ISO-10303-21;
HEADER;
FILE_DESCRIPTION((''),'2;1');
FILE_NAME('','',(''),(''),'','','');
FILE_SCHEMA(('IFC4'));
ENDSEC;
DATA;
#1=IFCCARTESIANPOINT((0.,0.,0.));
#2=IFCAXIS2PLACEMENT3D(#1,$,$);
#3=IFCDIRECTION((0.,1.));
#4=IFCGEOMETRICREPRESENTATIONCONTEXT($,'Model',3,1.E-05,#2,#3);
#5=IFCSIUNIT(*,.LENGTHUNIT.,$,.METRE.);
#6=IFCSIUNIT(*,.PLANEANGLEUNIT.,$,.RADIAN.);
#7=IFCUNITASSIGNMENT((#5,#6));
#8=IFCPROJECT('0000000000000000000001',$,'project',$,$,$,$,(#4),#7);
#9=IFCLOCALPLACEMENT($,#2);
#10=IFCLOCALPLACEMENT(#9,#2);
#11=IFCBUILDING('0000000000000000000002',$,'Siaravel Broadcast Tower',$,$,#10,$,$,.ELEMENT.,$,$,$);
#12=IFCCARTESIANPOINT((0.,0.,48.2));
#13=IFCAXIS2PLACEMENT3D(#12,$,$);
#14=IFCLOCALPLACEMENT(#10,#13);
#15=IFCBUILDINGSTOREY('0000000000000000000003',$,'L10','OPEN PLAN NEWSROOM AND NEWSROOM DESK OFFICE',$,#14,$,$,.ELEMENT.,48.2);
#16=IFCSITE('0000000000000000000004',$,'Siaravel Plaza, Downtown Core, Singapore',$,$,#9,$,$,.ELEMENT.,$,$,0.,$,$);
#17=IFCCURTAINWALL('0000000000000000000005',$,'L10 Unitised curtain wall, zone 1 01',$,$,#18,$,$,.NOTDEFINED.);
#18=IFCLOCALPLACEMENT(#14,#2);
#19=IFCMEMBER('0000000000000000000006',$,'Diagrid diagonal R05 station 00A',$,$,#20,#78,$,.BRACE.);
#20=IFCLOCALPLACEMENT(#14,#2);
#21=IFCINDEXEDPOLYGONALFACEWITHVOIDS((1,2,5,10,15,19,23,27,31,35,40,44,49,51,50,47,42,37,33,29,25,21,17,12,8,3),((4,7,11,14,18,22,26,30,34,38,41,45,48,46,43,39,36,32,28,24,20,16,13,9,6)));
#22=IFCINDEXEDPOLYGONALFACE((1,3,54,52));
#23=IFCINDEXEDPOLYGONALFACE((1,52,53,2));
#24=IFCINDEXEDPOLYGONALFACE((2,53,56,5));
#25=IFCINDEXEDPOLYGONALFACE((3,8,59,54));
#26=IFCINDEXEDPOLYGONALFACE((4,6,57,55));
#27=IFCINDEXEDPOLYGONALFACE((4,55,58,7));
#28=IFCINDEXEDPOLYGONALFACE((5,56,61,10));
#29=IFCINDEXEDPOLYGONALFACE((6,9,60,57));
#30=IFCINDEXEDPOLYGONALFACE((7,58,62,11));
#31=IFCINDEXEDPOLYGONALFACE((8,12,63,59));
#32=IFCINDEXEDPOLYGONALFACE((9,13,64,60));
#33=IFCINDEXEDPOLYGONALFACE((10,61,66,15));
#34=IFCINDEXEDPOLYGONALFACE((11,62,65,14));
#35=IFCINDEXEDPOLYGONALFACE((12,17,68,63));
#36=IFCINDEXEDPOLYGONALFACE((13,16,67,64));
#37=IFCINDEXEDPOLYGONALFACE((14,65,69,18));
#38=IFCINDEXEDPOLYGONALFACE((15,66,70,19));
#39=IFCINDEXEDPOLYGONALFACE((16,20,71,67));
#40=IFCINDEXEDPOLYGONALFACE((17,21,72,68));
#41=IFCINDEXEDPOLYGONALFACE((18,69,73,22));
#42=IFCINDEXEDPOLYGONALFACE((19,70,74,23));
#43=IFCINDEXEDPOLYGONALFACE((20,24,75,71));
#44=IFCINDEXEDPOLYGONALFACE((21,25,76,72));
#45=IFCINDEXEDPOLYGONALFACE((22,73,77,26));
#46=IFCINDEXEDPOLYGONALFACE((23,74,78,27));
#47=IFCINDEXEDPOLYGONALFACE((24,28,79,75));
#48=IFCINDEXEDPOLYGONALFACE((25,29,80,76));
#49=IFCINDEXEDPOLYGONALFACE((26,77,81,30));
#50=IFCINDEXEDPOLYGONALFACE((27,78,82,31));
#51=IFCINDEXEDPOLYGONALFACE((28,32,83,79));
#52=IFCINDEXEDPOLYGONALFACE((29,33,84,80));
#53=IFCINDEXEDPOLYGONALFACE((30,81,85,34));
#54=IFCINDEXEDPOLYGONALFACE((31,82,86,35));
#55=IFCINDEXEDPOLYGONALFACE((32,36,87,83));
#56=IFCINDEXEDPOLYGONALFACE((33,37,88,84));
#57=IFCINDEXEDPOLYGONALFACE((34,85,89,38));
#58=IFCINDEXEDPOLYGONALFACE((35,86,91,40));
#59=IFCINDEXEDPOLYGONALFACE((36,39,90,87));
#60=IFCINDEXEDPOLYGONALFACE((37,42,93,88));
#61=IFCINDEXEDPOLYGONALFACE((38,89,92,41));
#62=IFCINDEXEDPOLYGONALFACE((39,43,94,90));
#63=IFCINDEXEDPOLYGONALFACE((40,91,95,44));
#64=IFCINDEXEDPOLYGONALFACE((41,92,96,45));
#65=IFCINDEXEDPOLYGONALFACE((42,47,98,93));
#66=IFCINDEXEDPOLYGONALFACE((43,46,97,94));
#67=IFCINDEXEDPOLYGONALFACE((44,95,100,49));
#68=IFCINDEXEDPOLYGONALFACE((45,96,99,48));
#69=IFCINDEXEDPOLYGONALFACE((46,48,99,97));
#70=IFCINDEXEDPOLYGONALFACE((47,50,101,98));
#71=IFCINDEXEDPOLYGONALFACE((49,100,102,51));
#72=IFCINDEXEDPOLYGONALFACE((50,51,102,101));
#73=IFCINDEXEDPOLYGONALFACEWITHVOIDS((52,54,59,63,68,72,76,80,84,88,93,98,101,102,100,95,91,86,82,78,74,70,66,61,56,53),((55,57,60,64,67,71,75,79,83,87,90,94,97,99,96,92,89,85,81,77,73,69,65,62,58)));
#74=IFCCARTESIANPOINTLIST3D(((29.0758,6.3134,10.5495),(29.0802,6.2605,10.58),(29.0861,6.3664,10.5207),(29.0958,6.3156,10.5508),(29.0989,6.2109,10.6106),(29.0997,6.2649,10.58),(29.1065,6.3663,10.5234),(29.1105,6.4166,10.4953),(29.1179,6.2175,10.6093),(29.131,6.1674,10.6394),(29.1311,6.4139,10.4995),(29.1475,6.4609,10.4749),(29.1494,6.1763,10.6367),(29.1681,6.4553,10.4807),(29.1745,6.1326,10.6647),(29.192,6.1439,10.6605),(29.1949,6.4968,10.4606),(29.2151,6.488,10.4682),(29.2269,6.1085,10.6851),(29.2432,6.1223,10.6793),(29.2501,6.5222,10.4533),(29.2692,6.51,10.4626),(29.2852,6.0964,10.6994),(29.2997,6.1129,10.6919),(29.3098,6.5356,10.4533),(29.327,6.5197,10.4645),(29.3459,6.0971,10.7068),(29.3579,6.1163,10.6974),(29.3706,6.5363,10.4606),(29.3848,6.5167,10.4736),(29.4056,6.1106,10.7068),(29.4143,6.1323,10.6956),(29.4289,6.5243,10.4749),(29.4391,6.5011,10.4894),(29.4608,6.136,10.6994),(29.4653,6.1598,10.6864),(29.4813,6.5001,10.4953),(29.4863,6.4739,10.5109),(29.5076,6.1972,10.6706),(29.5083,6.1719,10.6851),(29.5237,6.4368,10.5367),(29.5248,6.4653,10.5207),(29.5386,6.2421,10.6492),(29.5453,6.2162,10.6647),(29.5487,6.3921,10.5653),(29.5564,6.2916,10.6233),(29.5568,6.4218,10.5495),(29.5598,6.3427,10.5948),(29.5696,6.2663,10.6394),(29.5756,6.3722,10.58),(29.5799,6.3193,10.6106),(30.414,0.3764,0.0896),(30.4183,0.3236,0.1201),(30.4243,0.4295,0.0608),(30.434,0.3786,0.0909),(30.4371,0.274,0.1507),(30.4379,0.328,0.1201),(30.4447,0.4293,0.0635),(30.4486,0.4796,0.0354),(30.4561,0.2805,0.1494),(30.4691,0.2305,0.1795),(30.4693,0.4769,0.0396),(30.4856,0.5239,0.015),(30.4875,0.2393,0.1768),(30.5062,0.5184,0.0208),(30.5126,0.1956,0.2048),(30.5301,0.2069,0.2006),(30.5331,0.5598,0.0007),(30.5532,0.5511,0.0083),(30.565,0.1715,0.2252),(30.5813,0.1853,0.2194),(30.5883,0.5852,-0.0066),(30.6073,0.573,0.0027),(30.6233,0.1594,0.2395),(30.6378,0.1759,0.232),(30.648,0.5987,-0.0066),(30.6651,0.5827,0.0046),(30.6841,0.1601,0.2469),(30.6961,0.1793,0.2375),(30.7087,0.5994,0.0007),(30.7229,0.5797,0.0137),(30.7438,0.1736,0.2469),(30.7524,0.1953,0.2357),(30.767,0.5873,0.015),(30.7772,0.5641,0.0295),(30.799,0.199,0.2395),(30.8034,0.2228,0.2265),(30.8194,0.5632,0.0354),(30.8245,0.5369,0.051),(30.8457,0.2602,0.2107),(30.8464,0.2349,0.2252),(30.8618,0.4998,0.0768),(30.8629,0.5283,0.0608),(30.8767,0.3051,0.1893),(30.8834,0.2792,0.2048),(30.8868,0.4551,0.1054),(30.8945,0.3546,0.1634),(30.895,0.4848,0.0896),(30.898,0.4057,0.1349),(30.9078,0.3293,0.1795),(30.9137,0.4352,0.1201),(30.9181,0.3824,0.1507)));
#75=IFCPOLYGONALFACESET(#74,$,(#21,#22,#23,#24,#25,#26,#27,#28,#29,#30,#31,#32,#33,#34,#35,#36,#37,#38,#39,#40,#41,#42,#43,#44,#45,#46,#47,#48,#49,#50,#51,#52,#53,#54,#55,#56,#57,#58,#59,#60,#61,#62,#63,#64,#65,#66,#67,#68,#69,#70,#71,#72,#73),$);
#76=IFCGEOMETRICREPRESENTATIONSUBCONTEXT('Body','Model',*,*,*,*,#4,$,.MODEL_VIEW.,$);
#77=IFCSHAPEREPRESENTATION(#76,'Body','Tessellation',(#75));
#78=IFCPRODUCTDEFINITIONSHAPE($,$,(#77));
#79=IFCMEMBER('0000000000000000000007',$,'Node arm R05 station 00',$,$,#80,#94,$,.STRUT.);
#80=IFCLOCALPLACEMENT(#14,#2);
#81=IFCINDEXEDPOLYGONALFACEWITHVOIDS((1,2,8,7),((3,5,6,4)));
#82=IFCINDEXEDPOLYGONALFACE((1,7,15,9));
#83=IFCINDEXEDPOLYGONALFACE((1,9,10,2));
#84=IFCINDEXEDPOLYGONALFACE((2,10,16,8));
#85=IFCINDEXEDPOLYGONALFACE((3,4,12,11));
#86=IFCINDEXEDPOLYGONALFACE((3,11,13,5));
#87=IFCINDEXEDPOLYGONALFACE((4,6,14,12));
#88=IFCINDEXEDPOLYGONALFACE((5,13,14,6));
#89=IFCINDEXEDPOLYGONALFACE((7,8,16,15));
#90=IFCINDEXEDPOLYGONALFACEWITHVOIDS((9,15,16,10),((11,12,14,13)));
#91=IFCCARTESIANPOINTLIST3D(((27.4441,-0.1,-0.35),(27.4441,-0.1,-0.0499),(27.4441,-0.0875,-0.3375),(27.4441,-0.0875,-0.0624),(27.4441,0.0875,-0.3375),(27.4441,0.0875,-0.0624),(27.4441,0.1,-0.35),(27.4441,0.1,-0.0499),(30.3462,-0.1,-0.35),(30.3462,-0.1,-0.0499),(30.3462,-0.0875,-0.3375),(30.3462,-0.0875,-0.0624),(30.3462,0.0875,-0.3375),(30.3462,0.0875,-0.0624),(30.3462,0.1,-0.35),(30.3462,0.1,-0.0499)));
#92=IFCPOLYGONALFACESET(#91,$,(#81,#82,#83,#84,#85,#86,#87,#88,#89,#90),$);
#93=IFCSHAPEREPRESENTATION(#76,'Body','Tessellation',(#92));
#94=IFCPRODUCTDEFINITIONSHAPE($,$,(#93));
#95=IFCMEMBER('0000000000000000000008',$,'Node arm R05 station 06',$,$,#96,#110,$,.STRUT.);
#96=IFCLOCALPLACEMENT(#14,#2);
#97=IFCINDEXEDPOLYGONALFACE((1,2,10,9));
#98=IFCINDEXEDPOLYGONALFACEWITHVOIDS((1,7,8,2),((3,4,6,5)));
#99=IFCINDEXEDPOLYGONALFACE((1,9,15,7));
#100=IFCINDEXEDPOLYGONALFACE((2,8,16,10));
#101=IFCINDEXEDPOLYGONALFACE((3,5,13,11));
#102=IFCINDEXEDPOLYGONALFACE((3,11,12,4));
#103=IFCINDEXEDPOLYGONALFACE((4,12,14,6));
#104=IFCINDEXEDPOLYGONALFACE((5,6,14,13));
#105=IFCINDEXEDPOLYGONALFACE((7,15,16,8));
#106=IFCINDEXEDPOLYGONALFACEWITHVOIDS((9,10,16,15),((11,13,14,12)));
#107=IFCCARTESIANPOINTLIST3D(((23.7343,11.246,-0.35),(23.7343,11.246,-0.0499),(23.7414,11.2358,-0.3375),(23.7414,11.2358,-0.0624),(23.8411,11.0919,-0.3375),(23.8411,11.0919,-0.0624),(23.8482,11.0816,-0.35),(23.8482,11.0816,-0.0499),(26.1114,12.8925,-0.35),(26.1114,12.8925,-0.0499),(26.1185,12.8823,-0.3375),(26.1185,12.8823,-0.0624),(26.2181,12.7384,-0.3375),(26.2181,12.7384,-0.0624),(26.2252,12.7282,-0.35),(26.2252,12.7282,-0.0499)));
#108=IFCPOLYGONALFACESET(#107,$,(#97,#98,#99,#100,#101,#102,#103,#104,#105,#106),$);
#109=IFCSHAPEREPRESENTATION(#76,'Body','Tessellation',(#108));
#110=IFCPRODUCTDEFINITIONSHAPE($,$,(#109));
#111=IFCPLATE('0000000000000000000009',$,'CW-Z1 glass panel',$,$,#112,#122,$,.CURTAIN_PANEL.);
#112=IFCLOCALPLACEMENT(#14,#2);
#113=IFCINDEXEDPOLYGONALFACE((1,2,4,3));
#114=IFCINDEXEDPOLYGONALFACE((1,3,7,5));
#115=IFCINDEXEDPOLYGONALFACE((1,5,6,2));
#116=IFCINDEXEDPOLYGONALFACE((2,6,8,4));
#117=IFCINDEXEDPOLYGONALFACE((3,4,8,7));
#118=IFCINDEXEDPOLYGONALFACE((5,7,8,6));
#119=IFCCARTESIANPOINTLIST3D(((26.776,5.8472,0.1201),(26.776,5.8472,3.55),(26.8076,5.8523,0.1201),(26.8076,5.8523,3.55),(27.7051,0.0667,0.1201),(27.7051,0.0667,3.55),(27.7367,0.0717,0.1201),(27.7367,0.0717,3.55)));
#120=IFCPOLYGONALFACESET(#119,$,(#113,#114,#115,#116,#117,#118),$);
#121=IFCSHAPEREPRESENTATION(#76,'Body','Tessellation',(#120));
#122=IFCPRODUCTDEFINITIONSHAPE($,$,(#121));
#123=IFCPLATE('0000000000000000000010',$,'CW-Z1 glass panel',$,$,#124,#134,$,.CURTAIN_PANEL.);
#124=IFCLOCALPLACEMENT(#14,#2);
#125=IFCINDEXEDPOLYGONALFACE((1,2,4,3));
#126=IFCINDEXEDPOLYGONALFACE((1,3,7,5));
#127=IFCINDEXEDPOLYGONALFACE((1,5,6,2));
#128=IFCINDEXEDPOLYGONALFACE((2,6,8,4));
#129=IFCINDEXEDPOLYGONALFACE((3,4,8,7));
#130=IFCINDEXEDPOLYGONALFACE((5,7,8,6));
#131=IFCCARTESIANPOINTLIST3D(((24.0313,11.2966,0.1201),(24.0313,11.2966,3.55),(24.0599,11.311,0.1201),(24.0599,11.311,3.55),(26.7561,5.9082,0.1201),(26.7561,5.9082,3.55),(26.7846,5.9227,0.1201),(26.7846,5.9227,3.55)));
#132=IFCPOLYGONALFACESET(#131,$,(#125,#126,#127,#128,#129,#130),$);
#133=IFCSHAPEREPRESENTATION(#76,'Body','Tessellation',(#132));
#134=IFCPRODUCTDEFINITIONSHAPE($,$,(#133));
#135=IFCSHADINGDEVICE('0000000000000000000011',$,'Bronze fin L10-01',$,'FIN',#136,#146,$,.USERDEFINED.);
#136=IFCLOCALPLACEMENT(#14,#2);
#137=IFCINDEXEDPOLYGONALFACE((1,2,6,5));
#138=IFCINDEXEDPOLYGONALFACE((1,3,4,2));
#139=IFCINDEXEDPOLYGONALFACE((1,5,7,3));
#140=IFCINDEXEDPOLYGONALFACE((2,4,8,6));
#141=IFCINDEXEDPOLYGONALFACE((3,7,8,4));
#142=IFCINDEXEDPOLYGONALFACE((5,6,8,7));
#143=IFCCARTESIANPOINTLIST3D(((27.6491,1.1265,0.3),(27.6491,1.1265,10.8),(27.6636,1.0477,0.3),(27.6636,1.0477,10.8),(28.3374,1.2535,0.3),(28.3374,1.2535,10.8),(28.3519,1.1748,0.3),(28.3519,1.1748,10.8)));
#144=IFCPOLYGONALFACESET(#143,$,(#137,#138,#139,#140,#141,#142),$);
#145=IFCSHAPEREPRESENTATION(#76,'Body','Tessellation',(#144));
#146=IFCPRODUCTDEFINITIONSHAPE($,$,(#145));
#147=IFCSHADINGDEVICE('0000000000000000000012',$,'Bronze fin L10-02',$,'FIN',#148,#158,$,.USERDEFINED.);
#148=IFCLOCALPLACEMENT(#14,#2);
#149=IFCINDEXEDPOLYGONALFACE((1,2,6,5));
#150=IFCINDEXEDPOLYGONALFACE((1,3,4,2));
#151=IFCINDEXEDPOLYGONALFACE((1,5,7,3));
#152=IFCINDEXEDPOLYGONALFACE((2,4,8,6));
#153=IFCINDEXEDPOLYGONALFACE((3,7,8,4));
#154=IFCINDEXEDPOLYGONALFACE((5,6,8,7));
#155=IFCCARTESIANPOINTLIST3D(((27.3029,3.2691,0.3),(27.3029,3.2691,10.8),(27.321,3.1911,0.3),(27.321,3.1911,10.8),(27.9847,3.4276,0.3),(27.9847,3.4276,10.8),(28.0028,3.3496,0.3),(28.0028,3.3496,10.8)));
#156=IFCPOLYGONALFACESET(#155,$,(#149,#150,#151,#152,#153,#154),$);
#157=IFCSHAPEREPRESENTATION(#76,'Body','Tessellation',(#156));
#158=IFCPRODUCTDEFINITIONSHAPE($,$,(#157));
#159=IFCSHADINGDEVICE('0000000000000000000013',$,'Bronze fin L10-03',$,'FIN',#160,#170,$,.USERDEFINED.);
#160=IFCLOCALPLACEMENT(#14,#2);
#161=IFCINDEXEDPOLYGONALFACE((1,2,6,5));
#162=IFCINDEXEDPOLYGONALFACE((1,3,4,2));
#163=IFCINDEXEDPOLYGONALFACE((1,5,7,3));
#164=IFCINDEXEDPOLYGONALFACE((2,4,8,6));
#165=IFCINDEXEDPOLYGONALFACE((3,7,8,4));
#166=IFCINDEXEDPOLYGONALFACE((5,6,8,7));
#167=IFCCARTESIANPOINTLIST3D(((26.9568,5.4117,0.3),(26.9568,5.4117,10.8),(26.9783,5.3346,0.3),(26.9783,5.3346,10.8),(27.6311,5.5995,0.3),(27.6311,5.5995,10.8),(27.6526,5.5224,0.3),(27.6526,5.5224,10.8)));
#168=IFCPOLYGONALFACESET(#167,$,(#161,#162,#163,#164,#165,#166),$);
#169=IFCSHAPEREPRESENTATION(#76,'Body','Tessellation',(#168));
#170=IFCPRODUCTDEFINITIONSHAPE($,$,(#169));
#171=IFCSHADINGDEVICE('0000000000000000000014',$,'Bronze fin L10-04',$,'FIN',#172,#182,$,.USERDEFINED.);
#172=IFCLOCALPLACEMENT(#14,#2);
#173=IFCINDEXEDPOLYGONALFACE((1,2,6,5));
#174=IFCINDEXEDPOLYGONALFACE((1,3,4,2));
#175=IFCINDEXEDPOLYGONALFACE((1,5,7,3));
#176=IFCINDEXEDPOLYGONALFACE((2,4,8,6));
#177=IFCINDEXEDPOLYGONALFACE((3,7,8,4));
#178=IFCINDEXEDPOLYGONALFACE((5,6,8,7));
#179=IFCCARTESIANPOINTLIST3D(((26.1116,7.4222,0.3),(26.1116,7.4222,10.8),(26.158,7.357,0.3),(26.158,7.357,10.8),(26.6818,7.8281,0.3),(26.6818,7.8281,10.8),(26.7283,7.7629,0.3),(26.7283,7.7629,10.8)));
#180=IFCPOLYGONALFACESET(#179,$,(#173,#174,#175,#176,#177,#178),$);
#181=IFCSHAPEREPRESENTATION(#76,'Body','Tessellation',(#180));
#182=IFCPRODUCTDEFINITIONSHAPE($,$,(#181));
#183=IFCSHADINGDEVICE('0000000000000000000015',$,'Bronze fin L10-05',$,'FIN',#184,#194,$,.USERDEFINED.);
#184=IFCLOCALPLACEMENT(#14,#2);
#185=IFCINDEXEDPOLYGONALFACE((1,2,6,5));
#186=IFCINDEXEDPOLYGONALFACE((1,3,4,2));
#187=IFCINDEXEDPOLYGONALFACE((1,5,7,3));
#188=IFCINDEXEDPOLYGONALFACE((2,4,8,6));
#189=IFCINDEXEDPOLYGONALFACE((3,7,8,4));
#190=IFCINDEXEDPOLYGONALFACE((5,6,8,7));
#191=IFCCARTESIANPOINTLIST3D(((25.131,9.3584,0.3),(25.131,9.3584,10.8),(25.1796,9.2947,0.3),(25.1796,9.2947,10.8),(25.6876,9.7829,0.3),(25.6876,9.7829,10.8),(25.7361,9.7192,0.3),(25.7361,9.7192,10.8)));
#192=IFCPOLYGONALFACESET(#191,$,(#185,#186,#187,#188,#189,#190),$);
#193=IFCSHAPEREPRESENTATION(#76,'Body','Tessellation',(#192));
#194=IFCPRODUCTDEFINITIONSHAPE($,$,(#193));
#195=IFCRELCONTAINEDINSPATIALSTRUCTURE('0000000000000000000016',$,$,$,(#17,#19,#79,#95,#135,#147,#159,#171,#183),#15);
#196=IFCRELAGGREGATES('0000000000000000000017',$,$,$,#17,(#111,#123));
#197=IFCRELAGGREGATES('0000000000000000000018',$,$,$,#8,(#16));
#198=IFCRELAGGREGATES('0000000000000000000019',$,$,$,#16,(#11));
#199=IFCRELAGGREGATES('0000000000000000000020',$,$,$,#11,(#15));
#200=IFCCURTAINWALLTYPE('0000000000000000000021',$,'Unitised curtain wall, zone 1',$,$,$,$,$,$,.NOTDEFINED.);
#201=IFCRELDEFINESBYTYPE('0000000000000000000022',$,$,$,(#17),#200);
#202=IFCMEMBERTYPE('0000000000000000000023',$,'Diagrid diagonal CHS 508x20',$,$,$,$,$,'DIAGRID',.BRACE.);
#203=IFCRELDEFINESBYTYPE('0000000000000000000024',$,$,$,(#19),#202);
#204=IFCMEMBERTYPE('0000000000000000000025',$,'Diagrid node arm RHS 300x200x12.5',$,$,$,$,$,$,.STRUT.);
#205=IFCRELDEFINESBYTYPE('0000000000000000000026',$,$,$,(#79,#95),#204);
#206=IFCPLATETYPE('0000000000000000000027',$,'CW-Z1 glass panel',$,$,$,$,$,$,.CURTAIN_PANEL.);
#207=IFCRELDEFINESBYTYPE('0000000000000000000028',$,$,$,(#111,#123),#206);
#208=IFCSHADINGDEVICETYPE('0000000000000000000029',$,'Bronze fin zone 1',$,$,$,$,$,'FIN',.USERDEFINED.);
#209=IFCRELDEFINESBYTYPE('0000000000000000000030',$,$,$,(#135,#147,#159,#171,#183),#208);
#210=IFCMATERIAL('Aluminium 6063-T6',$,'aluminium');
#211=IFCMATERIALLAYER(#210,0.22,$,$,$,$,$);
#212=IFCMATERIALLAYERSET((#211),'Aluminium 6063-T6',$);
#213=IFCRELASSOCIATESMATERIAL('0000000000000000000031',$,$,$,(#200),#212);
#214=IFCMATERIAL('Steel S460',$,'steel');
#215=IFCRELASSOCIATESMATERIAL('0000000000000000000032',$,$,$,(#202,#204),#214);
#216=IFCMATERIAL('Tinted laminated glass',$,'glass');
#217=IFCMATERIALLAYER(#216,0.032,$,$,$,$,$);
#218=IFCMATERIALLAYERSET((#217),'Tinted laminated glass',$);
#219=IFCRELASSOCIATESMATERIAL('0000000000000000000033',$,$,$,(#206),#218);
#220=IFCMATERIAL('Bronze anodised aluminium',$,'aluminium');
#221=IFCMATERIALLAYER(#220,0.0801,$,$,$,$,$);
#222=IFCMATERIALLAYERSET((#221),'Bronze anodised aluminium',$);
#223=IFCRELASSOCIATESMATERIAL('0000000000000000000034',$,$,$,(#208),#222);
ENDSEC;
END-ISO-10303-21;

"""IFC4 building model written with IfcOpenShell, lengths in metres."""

from ifc_helpers import new_model, si_unit, direction, frame, origin, origin_2d, place, context, subcontext, project, spatial, rectangle, hollow_rectangle, hollow_circle, extrude, material, layer, layer_set, material_profile, profile_set, type_object, element, aggregate, save


model = new_model("IFC4")

# Units and contexts
model_context = context("Model", 3, precision=1e-05, world=origin(), true_north=direction((0.0, 1.0)))
body_context = subcontext(model_context, "Body", "Model", "MODEL_VIEW")
ifc_project = project(units=[si_unit("LENGTHUNIT", "METRE"), si_unit("PLANEANGLEUNIT", "RADIAN")], contexts=[model_context])

# Site, building, storey
site_placement = place(None, origin())
site = spatial("IfcSite", under=ifc_project, at=site_placement, Name="Siaravel Plaza, Downtown Core, Singapore", CompositionType="ELEMENT", RefElevation=0.0)
building_placement = place(site_placement, origin())
building = spatial("IfcBuilding", under=site, at=building_placement, Name="Siaravel Broadcast Tower", CompositionType="ELEMENT")
storey_placement = place(building_placement, frame((0.0, 0.0, 48.2)))
storey = spatial("IfcBuildingStorey", under=building, at=storey_placement, Name="L10", Description="OPEN PLAN NEWSROOM AND NEWSROOM DESK OFFICE", CompositionType="ELEMENT", Elevation=48.2)

# Curtain wall
ifc_material_1 = material(Name="Aluminium 6063-T6", Category="aluminium")
ifc_layer_1 = layer(ifc_material_1, 0.22)
ifc_layer_set_1 = layer_set([ifc_layer_1], Name="Aluminium 6063-T6")
curtain_wall_type = type_object("IfcCurtainWallType", Name="Unitised curtain wall, zone 1", PredefinedType="NOTDEFINED", material=ifc_layer_set_1)
curtain_wall_placement = place(storey_placement, origin())
curtain_wall = element("IfcCurtainWall", 1, at=curtain_wall_placement, inside=storey, type_object=curtain_wall_type, Name="L10 Unitised curtain wall, zone 1 01", PredefinedType="NOTDEFINED")

# Members
ifc_material_2 = material(Name="Steel S460", Category="steel")
ifc_material_profile_1 = material_profile(ifc_material_2, hollow_circle(Radius=0.2539, WallThickness=0.02, at=origin_2d()))
ifc_profile_set_1 = profile_set([ifc_material_profile_1], Name="Steel S460")
member_type_1 = type_object("IfcMemberType", Name="Diagrid diagonal CHS 508x20", ElementType="DIAGRID", PredefinedType="BRACE", material=ifc_profile_set_1)
member_1_placement = place(storey_placement, frame((30.666, 0.3794, 0.1201), z_axis=(-0.110575, 0.490596, 0.864343), x_axis=(-0.975529, -0.219873, 0.0)))
element("IfcMember", 2, at=member_1_placement, inside=storey, type_object=member_type_1, Name="Diagrid diagonal R05 station 00A", PredefinedType="BRACE", context=body_context, shape_type="SweptSolid", body=[
    extrude(hollow_circle(Radius=0.2539, WallThickness=0.02, at=origin_2d()), origin(), (0.0, 0.0, 1.0), 12.1016),
])
ifc_material_profile_2 = material_profile(ifc_material_2, hollow_rectangle(XDim=0.2, YDim=0.3, WallThickness=0.0125, at=origin_2d()))
ifc_profile_set_2 = profile_set([ifc_material_profile_2], Name="Steel S460")
member_type_2 = type_object("IfcMemberType", Name="Diagrid node arm RHS 300x200x12.5", PredefinedType="STRUT", material=ifc_profile_set_2)
member_2_placement = place(storey_placement, frame((27.4441, 0.0, -0.2), z_axis=(1.0, 0.0, 0.0), x_axis=(0.0, 1.0, 0.0)))
element("IfcMember", 3, at=member_2_placement, inside=storey, type_object=member_type_2, Name="Node arm R05 station 00", PredefinedType="STRUT", context=body_context, shape_type="SweptSolid", body=[
    extrude(hollow_rectangle(XDim=0.2, YDim=0.3, WallThickness=0.0125, at=origin_2d()), origin(), (0.0, 0.0, 1.0), 2.9021),
])
member_3_placement = place(storey_placement, frame((23.7913, 11.1638, -0.2), z_axis=(0.822046, 0.569421, 0.0), x_axis=(-0.569421, 0.822046, 0.0)))
element("IfcMember", 4, at=member_3_placement, inside=storey, type_object=member_type_2, Name="Node arm R05 station 06", PredefinedType="STRUT", context=body_context, shape_type="SweptSolid", body=[
    extrude(hollow_rectangle(XDim=0.2, YDim=0.3, WallThickness=0.0125, at=origin_2d()), origin(), (0.0, 0.0, 1.0), 2.8916),
])

# Plates
ifc_material_3 = material(Name="Tinted laminated glass", Category="glass")
ifc_layer_2 = layer(ifc_material_3, 0.032)
ifc_layer_set_2 = layer_set([ifc_layer_2], Name="Tinted laminated glass")
plate_type = type_object("IfcPlateType", Name="CW-Z1 glass panel", PredefinedType="CURTAIN_PANEL", material=ifc_layer_set_2)
plate_1_placement = place(storey_placement, frame((27.2563, 2.9595, 0.1201), z_axis=(0.0, 0.0, 1.0), x_axis=(-0.158686, 0.987329, 0.0)))
plate_1 = element("IfcPlate", 5, at=plate_1_placement, type_object=plate_type, Name="CW-Z1 glass panel", PredefinedType="CURTAIN_PANEL", context=body_context, shape_type="SweptSolid", body=[
    extrude(rectangle(XDim=5.8547, YDim=0.032, at=origin_2d()), origin(), (0.0, 0.0, 1.0), 3.4299),
])
plate_2_placement = place(storey_placement, frame((25.408, 8.6096, 0.1201), z_axis=(0.0, 0.0, 1.0), x_axis=(-0.451261, 0.892392, 0.0)))
plate_2 = element("IfcPlate", 6, at=plate_2_placement, type_object=plate_type, Name="CW-Z1 glass panel", PredefinedType="CURTAIN_PANEL", context=body_context, shape_type="SweptSolid", body=[
    extrude(rectangle(XDim=6.0381, YDim=0.032, at=origin_2d()), origin(), (0.0, 0.0, 1.0), 3.4299),
])
aggregate(curtain_wall, [plate_1, plate_2])

# Shading devices
ifc_material_4 = material(Name="Bronze anodised aluminium", Category="aluminium")
ifc_layer_3 = layer(ifc_material_4, 0.0801)
ifc_layer_set_3 = layer_set([ifc_layer_3], Name="Bronze anodised aluminium")
shading_device_type = type_object("IfcShadingDeviceType", Name="Bronze fin zone 1", ElementType="FIN", PredefinedType="USERDEFINED", material=ifc_layer_set_3)
for number, where, z_axis, x_axis, name in (
    (7, (28.0005, 1.1506, 0.3), (0.0, 0.0, 1.0), (0.983392, 0.181492, 0.0), "Bronze fin L10-01"),
    (8, (27.6528, 3.3093, 0.3), (0.0, 0.0, 1.0), (0.974031, 0.226413, 0.0), "Bronze fin L10-02"),
    (9, (27.3047, 5.467, 0.3), (0.0, 0.0, 1.0), (0.963326, 0.268333, 0.0), "Bronze fin L10-03"),
    (10, (26.4199, 7.5925, 0.3), (0.0, 0.0, 1.0), (0.814695, 0.57989, 0.0), "Bronze fin L10-04"),
    (11, (25.4336, 9.5388, 0.3), (0.0, 0.0, 1.0), (0.795108, 0.606467, 0.0), "Bronze fin L10-05"),
):
    element("IfcShadingDevice", number, at=place(storey_placement, frame(where, z_axis=z_axis, x_axis=x_axis)), inside=storey, type_object=shading_device_type, Name=name, ObjectType="FIN", PredefinedType="USERDEFINED", context=body_context, shape_type="SweptSolid", body=[
        extrude(rectangle(XDim=0.7, YDim=0.0801, at=origin_2d()), origin(), (0.0, 0.0, 1.0), 10.5),
    ])

save(model, "model.ifc")
